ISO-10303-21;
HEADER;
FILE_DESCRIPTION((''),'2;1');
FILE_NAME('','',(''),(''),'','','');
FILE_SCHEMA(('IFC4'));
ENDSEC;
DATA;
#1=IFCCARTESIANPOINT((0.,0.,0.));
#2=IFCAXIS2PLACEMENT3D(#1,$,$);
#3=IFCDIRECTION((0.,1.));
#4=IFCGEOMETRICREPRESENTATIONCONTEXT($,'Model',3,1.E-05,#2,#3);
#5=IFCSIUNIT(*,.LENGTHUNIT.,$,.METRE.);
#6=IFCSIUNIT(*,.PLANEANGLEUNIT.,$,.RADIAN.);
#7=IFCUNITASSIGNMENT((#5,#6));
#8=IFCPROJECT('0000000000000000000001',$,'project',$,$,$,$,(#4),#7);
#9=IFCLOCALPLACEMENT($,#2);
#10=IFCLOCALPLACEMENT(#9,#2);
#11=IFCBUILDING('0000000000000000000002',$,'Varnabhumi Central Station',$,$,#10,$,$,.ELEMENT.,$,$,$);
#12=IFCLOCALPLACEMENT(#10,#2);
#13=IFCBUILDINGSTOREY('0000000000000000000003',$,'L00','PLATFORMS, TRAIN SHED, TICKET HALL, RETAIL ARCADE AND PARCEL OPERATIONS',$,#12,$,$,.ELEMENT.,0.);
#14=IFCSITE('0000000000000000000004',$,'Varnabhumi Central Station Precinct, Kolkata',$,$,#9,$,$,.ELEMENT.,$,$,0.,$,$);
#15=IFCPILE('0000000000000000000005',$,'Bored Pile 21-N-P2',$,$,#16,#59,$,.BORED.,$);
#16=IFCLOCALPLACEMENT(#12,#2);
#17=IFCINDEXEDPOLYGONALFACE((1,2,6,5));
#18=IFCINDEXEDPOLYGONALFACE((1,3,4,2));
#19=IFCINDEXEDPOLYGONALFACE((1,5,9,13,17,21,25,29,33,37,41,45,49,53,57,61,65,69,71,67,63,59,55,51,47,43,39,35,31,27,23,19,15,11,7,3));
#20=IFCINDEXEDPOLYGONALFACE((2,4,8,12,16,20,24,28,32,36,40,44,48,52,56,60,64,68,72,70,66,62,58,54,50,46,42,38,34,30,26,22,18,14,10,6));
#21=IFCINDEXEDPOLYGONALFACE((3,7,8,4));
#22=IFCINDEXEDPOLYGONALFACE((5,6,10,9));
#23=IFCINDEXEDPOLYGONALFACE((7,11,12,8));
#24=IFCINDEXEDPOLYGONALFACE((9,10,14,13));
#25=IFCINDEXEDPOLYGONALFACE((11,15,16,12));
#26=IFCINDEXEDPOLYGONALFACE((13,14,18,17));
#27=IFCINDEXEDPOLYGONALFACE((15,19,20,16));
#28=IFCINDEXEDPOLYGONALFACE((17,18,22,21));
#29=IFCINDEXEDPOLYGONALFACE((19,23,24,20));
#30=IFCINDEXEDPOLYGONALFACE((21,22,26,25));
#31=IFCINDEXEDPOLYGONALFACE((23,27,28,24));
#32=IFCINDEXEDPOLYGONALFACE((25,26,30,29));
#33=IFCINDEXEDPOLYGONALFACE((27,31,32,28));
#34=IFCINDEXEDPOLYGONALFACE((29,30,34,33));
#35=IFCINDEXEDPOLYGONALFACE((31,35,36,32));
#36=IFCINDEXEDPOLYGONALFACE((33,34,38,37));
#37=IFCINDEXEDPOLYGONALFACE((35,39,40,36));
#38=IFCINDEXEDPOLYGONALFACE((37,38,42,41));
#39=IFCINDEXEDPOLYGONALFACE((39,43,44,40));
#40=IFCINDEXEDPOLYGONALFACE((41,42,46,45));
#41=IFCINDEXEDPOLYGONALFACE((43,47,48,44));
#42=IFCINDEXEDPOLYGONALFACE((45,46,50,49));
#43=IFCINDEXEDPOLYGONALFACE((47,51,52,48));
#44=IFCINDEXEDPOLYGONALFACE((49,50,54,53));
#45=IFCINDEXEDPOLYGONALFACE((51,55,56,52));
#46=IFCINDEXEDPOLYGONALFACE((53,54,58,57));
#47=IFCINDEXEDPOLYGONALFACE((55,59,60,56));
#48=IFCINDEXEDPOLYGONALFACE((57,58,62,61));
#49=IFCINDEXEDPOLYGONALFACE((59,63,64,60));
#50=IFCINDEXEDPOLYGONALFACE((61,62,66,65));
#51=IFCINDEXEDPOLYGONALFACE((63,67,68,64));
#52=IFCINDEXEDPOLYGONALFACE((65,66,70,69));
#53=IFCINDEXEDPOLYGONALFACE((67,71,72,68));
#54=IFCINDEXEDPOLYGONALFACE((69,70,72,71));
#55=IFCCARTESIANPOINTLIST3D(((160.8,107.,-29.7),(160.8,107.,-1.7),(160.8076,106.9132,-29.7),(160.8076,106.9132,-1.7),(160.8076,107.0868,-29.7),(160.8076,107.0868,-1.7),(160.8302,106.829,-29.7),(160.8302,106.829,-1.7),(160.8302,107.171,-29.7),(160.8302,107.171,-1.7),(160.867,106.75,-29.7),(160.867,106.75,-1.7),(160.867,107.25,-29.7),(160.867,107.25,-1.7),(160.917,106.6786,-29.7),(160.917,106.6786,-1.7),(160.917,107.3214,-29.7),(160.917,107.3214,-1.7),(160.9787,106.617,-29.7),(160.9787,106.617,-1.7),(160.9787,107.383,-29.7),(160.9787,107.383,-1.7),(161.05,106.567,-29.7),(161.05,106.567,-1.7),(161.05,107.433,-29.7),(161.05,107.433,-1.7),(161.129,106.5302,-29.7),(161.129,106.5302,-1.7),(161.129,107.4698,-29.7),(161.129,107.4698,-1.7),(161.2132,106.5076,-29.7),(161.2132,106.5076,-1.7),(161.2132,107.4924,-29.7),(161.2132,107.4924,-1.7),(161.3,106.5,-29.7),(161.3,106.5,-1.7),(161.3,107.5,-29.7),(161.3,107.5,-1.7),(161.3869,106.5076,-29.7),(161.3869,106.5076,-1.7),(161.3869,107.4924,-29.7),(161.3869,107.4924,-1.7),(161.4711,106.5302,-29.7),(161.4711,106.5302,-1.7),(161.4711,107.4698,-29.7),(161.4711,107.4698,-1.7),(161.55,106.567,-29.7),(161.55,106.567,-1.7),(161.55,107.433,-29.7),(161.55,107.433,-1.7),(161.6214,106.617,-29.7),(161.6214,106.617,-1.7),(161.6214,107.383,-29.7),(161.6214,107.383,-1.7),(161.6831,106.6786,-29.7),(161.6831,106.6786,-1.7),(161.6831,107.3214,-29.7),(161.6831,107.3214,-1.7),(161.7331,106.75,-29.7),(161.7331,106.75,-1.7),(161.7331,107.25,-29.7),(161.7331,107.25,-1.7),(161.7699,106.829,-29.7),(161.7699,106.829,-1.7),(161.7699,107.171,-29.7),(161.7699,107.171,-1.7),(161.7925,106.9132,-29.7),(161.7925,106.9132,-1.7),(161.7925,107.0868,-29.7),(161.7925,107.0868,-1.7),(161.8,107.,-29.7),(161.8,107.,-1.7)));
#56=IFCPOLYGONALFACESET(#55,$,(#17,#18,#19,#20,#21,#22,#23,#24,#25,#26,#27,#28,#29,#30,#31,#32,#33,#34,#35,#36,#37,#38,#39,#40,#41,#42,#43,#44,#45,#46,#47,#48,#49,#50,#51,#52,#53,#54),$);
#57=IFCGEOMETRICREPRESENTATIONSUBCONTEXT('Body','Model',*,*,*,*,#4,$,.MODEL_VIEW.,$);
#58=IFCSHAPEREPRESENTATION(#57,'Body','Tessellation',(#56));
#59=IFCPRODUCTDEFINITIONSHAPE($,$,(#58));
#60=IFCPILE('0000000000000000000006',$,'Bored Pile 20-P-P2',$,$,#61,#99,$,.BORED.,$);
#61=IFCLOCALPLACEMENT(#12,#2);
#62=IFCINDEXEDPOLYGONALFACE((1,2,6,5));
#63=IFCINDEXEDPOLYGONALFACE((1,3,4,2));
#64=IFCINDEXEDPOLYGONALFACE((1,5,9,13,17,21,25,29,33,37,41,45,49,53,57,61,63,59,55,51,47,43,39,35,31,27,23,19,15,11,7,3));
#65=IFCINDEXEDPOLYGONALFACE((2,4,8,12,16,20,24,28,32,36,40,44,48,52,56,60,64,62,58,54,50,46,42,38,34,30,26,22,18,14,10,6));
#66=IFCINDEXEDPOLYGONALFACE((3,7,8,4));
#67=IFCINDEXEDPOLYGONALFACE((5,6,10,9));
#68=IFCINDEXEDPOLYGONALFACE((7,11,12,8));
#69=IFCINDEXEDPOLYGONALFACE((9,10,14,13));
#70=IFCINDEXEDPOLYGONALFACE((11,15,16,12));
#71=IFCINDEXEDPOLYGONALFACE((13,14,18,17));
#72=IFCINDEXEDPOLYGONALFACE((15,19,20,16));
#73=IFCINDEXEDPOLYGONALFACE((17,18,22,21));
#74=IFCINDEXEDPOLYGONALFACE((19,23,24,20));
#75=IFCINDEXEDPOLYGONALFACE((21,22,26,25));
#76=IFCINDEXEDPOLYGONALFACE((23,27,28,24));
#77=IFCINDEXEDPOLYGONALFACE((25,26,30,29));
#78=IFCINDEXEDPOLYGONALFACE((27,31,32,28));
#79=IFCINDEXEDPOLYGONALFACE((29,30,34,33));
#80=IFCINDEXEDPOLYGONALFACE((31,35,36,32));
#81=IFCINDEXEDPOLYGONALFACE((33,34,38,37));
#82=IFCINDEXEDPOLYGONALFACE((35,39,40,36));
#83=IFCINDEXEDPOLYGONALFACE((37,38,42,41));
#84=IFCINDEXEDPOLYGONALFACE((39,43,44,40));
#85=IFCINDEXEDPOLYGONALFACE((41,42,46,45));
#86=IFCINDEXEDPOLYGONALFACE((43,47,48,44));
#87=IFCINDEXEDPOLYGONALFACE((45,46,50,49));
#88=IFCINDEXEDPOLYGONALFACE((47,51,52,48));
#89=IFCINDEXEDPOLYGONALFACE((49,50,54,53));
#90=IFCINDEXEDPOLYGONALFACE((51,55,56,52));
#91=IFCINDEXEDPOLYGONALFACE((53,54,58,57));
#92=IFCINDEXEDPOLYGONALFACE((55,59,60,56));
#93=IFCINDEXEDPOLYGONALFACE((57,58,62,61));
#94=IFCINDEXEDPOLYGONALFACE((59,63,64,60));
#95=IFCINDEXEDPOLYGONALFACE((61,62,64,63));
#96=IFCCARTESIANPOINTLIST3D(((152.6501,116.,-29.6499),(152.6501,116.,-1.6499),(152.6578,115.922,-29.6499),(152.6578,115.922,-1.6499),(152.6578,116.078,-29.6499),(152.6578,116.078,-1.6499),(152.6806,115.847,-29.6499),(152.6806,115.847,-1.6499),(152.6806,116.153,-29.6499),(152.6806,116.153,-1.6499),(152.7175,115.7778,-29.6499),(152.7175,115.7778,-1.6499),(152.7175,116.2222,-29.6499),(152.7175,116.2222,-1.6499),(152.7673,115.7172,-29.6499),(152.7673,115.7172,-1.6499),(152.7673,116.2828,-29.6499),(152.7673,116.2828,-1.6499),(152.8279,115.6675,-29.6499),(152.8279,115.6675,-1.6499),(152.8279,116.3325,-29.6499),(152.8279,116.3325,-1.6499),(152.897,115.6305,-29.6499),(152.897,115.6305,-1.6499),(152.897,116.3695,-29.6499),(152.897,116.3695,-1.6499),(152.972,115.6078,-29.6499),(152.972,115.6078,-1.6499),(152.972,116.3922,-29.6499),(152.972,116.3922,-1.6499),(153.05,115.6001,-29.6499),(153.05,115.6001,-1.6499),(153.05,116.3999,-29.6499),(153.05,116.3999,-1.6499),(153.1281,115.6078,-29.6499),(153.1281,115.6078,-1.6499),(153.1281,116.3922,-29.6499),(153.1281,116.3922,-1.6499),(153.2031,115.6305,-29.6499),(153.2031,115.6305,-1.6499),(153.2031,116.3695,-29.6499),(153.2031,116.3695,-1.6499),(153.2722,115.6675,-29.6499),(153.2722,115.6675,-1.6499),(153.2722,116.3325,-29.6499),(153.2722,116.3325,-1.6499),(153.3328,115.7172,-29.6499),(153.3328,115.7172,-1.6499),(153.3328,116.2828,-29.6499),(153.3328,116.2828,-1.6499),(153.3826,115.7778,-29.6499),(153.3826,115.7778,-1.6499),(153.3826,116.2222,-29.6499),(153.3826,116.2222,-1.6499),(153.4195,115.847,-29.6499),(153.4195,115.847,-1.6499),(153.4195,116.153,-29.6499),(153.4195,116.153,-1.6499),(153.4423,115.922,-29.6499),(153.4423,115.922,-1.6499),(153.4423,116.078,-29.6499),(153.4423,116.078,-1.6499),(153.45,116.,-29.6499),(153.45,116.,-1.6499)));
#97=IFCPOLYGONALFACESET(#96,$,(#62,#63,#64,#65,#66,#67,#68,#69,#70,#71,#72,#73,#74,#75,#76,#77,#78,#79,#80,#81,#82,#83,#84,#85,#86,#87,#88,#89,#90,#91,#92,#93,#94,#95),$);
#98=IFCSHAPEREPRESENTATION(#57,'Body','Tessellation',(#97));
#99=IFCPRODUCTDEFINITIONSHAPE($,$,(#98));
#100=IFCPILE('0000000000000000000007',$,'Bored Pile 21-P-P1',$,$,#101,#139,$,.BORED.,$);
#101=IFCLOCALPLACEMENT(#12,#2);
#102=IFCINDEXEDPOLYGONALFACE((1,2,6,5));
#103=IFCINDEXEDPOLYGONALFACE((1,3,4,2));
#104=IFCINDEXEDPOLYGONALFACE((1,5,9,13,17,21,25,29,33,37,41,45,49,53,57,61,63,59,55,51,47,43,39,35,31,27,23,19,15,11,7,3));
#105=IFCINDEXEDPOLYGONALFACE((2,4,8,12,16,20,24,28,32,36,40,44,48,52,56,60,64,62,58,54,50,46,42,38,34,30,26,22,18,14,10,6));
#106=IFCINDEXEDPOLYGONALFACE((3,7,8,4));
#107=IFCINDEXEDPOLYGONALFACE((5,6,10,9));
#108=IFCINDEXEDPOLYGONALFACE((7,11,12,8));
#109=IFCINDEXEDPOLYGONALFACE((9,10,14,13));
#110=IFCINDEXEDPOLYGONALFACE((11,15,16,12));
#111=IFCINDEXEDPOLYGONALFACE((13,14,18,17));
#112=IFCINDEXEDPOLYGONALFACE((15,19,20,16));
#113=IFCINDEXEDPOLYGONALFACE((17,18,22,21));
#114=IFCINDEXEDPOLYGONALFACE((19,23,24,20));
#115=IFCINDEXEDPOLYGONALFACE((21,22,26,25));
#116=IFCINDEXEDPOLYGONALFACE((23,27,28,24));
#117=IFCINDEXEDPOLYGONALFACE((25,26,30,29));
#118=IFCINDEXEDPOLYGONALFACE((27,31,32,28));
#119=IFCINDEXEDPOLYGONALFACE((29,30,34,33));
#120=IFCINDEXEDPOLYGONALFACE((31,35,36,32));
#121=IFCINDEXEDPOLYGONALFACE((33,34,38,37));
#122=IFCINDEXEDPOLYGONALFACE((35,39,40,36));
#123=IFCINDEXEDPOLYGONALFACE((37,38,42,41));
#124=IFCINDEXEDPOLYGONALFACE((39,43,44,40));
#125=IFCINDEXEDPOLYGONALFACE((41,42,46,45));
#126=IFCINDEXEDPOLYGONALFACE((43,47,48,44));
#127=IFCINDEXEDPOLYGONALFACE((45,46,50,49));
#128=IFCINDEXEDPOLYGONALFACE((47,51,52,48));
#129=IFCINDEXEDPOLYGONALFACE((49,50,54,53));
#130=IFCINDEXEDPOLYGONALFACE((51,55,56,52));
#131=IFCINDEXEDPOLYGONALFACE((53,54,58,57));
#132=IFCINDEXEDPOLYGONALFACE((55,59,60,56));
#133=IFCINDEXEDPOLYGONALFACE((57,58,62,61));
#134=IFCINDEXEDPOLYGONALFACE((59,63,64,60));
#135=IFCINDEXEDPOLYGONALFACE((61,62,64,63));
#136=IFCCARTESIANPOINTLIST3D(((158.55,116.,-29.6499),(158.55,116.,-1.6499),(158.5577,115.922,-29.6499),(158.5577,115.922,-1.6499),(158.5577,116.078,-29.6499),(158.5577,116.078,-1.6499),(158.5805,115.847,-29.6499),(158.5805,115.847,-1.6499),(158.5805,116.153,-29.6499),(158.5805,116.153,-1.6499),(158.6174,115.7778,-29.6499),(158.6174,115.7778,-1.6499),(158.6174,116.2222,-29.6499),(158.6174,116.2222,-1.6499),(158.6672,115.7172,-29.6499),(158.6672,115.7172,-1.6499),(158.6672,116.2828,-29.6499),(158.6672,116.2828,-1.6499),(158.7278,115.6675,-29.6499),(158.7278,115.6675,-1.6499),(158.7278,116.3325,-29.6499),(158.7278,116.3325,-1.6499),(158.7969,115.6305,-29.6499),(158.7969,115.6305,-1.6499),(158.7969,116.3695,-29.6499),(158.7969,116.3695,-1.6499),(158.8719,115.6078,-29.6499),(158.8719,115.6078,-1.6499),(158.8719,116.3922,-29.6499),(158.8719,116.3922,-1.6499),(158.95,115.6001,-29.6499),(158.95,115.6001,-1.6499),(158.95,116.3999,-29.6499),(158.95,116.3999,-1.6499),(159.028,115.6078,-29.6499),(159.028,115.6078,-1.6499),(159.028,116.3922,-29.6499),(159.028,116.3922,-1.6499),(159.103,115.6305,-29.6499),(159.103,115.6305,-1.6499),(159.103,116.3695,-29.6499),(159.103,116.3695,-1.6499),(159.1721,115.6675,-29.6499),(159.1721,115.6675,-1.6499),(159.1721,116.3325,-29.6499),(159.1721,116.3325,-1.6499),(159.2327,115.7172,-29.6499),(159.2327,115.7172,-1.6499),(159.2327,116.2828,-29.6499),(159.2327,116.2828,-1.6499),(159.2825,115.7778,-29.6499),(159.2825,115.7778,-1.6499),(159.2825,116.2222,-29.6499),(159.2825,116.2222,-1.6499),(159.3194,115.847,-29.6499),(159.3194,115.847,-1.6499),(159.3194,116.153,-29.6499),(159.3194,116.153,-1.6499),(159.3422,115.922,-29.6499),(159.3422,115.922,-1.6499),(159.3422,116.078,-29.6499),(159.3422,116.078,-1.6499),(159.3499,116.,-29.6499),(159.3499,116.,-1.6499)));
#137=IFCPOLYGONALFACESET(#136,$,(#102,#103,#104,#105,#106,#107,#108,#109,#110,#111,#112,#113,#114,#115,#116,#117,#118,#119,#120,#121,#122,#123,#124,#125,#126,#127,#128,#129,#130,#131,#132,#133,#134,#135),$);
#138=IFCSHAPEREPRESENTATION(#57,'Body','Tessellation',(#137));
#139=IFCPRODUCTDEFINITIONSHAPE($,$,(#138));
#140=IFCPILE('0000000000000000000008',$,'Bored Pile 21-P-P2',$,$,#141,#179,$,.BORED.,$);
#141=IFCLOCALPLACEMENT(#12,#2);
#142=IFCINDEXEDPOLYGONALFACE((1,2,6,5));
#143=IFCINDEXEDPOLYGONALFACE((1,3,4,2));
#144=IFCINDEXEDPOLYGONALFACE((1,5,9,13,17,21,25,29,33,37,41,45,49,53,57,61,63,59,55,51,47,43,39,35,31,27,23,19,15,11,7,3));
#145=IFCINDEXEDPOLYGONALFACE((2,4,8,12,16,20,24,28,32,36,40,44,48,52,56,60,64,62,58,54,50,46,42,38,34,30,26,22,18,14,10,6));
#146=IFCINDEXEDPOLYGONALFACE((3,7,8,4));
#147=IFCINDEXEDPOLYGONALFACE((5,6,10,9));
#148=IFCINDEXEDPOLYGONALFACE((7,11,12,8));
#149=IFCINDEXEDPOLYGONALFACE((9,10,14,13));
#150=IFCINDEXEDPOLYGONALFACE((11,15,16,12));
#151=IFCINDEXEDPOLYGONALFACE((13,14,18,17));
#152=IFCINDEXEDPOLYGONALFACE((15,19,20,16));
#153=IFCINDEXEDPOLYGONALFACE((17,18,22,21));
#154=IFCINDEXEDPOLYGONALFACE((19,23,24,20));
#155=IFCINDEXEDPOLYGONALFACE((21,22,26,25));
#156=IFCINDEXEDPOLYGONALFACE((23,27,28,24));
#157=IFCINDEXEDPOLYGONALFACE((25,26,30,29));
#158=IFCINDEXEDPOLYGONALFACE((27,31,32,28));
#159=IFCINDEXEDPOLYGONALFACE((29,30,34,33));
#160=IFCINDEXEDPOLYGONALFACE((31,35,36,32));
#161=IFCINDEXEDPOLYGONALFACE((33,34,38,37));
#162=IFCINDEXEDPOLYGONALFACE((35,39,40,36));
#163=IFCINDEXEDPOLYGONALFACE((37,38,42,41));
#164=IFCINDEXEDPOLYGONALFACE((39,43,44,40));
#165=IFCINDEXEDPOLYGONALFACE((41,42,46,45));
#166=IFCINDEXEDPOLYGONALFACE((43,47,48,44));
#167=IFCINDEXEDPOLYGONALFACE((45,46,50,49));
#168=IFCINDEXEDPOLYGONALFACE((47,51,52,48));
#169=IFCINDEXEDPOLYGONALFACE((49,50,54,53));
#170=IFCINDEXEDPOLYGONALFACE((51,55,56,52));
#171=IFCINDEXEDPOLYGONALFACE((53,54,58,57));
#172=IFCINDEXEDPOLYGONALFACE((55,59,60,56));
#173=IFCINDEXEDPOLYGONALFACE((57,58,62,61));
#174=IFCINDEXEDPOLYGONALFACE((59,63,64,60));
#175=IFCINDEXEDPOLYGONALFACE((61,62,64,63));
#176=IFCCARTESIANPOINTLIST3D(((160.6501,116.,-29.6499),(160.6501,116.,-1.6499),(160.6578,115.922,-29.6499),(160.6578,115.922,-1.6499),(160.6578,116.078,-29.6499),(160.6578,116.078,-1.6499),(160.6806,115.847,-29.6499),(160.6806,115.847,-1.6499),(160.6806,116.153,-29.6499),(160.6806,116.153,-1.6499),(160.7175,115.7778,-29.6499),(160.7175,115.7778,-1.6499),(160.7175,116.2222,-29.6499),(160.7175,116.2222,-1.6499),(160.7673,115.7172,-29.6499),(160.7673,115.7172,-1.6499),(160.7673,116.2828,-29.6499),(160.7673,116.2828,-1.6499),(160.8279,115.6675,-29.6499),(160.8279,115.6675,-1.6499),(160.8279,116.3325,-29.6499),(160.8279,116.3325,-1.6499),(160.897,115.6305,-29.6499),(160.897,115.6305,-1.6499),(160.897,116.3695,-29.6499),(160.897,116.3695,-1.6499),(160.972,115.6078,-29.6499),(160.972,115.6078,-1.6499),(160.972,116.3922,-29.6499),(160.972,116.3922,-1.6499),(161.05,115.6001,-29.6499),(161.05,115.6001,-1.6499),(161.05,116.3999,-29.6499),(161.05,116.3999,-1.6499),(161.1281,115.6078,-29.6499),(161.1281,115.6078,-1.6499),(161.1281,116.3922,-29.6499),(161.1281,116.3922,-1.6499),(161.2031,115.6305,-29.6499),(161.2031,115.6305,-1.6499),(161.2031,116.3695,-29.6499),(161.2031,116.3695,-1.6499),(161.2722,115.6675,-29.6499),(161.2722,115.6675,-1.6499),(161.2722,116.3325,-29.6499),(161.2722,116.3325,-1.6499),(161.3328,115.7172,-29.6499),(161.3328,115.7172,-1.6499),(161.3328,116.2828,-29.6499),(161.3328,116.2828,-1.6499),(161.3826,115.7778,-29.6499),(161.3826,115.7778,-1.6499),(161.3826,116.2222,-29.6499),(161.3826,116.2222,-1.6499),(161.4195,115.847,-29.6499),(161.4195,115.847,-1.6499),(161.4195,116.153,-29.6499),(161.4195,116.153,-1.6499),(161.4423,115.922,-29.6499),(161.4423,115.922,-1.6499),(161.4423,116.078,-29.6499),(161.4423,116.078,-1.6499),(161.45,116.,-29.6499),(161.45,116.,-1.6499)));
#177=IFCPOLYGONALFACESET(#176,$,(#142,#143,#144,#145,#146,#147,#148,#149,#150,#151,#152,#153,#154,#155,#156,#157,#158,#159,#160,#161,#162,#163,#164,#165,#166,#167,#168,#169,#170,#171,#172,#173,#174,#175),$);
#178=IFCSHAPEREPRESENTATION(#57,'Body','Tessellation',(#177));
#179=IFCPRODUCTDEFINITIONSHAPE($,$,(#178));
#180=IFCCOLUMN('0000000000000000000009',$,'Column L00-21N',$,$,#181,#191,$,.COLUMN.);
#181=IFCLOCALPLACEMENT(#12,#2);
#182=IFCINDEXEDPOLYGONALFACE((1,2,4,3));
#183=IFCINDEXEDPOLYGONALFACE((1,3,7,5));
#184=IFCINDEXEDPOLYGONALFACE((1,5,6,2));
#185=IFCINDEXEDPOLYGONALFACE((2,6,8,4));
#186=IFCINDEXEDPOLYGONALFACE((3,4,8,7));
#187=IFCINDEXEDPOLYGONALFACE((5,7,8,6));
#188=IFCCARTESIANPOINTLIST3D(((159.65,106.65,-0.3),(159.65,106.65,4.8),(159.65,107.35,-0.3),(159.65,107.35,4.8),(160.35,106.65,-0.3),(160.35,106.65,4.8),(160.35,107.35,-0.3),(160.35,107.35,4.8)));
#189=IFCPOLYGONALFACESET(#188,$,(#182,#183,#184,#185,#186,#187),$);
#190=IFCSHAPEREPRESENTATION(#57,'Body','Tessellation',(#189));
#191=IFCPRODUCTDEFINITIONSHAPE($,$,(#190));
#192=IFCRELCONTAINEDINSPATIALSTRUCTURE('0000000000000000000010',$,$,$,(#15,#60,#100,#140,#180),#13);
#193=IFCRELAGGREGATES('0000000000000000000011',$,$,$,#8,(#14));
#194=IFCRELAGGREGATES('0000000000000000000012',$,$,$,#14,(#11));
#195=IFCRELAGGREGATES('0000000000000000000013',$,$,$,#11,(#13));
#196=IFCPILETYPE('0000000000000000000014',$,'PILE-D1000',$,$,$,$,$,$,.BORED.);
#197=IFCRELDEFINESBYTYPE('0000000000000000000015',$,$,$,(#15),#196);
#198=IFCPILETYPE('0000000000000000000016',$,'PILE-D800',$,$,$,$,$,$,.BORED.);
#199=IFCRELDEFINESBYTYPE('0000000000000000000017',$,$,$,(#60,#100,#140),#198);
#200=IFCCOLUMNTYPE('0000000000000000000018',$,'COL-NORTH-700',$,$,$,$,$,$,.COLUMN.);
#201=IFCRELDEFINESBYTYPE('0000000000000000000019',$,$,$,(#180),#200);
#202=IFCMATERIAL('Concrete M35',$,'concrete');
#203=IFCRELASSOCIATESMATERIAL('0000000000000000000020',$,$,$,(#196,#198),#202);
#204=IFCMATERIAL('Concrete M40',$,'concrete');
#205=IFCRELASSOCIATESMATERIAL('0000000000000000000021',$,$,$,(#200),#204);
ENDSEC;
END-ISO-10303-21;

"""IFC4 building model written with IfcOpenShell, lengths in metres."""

from ifc_helpers import new_model, si_unit, direction, frame, origin, origin_2d, place, context, subcontext, project, spatial, rectangle, circle, extrude, material, material_profile, profile_set, type_object, element, save


model = new_model("IFC4")

# Units and contexts
model_context = context("Model", 3, precision=1e-05, world=origin(), true_north=direction((0.0, 1.0)))
body_context = subcontext(model_context, "Body", "Model", "MODEL_VIEW")
ifc_project = project(units=[si_unit("LENGTHUNIT", "METRE"), si_unit("PLANEANGLEUNIT", "RADIAN")], contexts=[model_context])

# Site, building, storey
site_placement = place(None, origin())
site = spatial("IfcSite", under=ifc_project, at=site_placement, Name="Varnabhumi Central Station Precinct, Kolkata", CompositionType="ELEMENT", RefElevation=0.0)
building_placement = place(site_placement, origin())
building = spatial("IfcBuilding", under=site, at=building_placement, Name="Varnabhumi Central Station", CompositionType="ELEMENT")
storey_placement = place(building_placement, origin())
storey = spatial("IfcBuildingStorey", under=building, at=storey_placement, Name="L00", Description="PLATFORMS, TRAIN SHED, TICKET HALL, RETAIL ARCADE AND PARCEL OPERATIONS", CompositionType="ELEMENT", Elevation=0.0)

# Shared definitions
ifc_material_1 = material(Name="Concrete M40", Category="concrete")

# Piles
ifc_material_2 = material(Name="Concrete M35", Category="concrete")
ifc_material_profile_1 = material_profile(ifc_material_2, circle(Radius=0.5, at=origin_2d()), Name="Concrete M35", Category="concrete")
ifc_profile_set_1 = profile_set([ifc_material_profile_1], Name="Concrete M35")
pile_type_1 = type_object("IfcPileType", Name="PILE-D1000", PredefinedType="BORED", material=ifc_profile_set_1)
for number, where, z_axis, x_axis, name in (
    (1, (161.3, 107.0, -1.7), (0.0, 0.0, -1.0), (1.0, 0.0, 0.0), "Bored Pile 21-N-P2"),
):
    element("IfcPile", number, at=place(storey_placement, frame(where, z_axis=z_axis, x_axis=x_axis)), inside=storey, type_object=pile_type_1, Name=name, PredefinedType="BORED", context=body_context, shape_type="SweptSolid", body=[
        extrude(circle(Radius=0.5, at=origin_2d()), origin(), (0.0, 0.0, 1.0), 28.0),
    ])
ifc_material_profile_2 = material_profile(ifc_material_2, circle(Radius=0.3999, at=origin_2d()), Name="Concrete M35", Category="concrete")
ifc_profile_set_2 = profile_set([ifc_material_profile_2], Name="Concrete M35")
pile_type_2 = type_object("IfcPileType", Name="PILE-D800", PredefinedType="BORED", material=ifc_profile_set_2)
for number, where, z_axis, x_axis, name in (
    (2, (153.05, 116.0, -1.6499), (0.0, 0.0, -1.0), (1.0, 0.0, 0.0), "Bored Pile 20-P-P2"),
    (3, (158.95, 116.0, -1.6499), (0.0, 0.0, -1.0), (1.0, 0.0, 0.0), "Bored Pile 21-P-P1"),
    (4, (161.05, 116.0, -1.6499), (0.0, 0.0, -1.0), (1.0, 0.0, 0.0), "Bored Pile 21-P-P2"),
):
    element("IfcPile", number, at=place(storey_placement, frame(where, z_axis=z_axis, x_axis=x_axis)), inside=storey, type_object=pile_type_2, Name=name, PredefinedType="BORED", context=body_context, shape_type="SweptSolid", body=[
        extrude(circle(Radius=0.3999, at=origin_2d()), origin(), (0.0, 0.0, 1.0), 28.0),
    ])

# Column
ifc_material_profile_3 = material_profile(ifc_material_1, rectangle(XDim=0.7, YDim=0.7, at=origin_2d()), Name="Concrete M40", Category="concrete")
ifc_profile_set_3 = profile_set([ifc_material_profile_3], Name="Concrete M40")
column_type_1 = type_object("IfcColumnType", Name="COL-NORTH-700", PredefinedType="COLUMN", material=ifc_profile_set_3)
column_1_placement = place(storey_placement, frame((160.0, 107.0, -0.3), z_axis=(0.0, 0.0, 1.0), x_axis=(1.0, 0.0, 0.0)))
element("IfcColumn", 5, at=column_1_placement, inside=storey, type_object=column_type_1, Name="Column L00-21N", PredefinedType="COLUMN", context=body_context, shape_type="SweptSolid", body=[
    extrude(rectangle(XDim=0.7, YDim=0.7, at=origin_2d()), origin(), (0.0, 0.0, 1.0), 5.1001),
])

save(model, "model.ifc")
